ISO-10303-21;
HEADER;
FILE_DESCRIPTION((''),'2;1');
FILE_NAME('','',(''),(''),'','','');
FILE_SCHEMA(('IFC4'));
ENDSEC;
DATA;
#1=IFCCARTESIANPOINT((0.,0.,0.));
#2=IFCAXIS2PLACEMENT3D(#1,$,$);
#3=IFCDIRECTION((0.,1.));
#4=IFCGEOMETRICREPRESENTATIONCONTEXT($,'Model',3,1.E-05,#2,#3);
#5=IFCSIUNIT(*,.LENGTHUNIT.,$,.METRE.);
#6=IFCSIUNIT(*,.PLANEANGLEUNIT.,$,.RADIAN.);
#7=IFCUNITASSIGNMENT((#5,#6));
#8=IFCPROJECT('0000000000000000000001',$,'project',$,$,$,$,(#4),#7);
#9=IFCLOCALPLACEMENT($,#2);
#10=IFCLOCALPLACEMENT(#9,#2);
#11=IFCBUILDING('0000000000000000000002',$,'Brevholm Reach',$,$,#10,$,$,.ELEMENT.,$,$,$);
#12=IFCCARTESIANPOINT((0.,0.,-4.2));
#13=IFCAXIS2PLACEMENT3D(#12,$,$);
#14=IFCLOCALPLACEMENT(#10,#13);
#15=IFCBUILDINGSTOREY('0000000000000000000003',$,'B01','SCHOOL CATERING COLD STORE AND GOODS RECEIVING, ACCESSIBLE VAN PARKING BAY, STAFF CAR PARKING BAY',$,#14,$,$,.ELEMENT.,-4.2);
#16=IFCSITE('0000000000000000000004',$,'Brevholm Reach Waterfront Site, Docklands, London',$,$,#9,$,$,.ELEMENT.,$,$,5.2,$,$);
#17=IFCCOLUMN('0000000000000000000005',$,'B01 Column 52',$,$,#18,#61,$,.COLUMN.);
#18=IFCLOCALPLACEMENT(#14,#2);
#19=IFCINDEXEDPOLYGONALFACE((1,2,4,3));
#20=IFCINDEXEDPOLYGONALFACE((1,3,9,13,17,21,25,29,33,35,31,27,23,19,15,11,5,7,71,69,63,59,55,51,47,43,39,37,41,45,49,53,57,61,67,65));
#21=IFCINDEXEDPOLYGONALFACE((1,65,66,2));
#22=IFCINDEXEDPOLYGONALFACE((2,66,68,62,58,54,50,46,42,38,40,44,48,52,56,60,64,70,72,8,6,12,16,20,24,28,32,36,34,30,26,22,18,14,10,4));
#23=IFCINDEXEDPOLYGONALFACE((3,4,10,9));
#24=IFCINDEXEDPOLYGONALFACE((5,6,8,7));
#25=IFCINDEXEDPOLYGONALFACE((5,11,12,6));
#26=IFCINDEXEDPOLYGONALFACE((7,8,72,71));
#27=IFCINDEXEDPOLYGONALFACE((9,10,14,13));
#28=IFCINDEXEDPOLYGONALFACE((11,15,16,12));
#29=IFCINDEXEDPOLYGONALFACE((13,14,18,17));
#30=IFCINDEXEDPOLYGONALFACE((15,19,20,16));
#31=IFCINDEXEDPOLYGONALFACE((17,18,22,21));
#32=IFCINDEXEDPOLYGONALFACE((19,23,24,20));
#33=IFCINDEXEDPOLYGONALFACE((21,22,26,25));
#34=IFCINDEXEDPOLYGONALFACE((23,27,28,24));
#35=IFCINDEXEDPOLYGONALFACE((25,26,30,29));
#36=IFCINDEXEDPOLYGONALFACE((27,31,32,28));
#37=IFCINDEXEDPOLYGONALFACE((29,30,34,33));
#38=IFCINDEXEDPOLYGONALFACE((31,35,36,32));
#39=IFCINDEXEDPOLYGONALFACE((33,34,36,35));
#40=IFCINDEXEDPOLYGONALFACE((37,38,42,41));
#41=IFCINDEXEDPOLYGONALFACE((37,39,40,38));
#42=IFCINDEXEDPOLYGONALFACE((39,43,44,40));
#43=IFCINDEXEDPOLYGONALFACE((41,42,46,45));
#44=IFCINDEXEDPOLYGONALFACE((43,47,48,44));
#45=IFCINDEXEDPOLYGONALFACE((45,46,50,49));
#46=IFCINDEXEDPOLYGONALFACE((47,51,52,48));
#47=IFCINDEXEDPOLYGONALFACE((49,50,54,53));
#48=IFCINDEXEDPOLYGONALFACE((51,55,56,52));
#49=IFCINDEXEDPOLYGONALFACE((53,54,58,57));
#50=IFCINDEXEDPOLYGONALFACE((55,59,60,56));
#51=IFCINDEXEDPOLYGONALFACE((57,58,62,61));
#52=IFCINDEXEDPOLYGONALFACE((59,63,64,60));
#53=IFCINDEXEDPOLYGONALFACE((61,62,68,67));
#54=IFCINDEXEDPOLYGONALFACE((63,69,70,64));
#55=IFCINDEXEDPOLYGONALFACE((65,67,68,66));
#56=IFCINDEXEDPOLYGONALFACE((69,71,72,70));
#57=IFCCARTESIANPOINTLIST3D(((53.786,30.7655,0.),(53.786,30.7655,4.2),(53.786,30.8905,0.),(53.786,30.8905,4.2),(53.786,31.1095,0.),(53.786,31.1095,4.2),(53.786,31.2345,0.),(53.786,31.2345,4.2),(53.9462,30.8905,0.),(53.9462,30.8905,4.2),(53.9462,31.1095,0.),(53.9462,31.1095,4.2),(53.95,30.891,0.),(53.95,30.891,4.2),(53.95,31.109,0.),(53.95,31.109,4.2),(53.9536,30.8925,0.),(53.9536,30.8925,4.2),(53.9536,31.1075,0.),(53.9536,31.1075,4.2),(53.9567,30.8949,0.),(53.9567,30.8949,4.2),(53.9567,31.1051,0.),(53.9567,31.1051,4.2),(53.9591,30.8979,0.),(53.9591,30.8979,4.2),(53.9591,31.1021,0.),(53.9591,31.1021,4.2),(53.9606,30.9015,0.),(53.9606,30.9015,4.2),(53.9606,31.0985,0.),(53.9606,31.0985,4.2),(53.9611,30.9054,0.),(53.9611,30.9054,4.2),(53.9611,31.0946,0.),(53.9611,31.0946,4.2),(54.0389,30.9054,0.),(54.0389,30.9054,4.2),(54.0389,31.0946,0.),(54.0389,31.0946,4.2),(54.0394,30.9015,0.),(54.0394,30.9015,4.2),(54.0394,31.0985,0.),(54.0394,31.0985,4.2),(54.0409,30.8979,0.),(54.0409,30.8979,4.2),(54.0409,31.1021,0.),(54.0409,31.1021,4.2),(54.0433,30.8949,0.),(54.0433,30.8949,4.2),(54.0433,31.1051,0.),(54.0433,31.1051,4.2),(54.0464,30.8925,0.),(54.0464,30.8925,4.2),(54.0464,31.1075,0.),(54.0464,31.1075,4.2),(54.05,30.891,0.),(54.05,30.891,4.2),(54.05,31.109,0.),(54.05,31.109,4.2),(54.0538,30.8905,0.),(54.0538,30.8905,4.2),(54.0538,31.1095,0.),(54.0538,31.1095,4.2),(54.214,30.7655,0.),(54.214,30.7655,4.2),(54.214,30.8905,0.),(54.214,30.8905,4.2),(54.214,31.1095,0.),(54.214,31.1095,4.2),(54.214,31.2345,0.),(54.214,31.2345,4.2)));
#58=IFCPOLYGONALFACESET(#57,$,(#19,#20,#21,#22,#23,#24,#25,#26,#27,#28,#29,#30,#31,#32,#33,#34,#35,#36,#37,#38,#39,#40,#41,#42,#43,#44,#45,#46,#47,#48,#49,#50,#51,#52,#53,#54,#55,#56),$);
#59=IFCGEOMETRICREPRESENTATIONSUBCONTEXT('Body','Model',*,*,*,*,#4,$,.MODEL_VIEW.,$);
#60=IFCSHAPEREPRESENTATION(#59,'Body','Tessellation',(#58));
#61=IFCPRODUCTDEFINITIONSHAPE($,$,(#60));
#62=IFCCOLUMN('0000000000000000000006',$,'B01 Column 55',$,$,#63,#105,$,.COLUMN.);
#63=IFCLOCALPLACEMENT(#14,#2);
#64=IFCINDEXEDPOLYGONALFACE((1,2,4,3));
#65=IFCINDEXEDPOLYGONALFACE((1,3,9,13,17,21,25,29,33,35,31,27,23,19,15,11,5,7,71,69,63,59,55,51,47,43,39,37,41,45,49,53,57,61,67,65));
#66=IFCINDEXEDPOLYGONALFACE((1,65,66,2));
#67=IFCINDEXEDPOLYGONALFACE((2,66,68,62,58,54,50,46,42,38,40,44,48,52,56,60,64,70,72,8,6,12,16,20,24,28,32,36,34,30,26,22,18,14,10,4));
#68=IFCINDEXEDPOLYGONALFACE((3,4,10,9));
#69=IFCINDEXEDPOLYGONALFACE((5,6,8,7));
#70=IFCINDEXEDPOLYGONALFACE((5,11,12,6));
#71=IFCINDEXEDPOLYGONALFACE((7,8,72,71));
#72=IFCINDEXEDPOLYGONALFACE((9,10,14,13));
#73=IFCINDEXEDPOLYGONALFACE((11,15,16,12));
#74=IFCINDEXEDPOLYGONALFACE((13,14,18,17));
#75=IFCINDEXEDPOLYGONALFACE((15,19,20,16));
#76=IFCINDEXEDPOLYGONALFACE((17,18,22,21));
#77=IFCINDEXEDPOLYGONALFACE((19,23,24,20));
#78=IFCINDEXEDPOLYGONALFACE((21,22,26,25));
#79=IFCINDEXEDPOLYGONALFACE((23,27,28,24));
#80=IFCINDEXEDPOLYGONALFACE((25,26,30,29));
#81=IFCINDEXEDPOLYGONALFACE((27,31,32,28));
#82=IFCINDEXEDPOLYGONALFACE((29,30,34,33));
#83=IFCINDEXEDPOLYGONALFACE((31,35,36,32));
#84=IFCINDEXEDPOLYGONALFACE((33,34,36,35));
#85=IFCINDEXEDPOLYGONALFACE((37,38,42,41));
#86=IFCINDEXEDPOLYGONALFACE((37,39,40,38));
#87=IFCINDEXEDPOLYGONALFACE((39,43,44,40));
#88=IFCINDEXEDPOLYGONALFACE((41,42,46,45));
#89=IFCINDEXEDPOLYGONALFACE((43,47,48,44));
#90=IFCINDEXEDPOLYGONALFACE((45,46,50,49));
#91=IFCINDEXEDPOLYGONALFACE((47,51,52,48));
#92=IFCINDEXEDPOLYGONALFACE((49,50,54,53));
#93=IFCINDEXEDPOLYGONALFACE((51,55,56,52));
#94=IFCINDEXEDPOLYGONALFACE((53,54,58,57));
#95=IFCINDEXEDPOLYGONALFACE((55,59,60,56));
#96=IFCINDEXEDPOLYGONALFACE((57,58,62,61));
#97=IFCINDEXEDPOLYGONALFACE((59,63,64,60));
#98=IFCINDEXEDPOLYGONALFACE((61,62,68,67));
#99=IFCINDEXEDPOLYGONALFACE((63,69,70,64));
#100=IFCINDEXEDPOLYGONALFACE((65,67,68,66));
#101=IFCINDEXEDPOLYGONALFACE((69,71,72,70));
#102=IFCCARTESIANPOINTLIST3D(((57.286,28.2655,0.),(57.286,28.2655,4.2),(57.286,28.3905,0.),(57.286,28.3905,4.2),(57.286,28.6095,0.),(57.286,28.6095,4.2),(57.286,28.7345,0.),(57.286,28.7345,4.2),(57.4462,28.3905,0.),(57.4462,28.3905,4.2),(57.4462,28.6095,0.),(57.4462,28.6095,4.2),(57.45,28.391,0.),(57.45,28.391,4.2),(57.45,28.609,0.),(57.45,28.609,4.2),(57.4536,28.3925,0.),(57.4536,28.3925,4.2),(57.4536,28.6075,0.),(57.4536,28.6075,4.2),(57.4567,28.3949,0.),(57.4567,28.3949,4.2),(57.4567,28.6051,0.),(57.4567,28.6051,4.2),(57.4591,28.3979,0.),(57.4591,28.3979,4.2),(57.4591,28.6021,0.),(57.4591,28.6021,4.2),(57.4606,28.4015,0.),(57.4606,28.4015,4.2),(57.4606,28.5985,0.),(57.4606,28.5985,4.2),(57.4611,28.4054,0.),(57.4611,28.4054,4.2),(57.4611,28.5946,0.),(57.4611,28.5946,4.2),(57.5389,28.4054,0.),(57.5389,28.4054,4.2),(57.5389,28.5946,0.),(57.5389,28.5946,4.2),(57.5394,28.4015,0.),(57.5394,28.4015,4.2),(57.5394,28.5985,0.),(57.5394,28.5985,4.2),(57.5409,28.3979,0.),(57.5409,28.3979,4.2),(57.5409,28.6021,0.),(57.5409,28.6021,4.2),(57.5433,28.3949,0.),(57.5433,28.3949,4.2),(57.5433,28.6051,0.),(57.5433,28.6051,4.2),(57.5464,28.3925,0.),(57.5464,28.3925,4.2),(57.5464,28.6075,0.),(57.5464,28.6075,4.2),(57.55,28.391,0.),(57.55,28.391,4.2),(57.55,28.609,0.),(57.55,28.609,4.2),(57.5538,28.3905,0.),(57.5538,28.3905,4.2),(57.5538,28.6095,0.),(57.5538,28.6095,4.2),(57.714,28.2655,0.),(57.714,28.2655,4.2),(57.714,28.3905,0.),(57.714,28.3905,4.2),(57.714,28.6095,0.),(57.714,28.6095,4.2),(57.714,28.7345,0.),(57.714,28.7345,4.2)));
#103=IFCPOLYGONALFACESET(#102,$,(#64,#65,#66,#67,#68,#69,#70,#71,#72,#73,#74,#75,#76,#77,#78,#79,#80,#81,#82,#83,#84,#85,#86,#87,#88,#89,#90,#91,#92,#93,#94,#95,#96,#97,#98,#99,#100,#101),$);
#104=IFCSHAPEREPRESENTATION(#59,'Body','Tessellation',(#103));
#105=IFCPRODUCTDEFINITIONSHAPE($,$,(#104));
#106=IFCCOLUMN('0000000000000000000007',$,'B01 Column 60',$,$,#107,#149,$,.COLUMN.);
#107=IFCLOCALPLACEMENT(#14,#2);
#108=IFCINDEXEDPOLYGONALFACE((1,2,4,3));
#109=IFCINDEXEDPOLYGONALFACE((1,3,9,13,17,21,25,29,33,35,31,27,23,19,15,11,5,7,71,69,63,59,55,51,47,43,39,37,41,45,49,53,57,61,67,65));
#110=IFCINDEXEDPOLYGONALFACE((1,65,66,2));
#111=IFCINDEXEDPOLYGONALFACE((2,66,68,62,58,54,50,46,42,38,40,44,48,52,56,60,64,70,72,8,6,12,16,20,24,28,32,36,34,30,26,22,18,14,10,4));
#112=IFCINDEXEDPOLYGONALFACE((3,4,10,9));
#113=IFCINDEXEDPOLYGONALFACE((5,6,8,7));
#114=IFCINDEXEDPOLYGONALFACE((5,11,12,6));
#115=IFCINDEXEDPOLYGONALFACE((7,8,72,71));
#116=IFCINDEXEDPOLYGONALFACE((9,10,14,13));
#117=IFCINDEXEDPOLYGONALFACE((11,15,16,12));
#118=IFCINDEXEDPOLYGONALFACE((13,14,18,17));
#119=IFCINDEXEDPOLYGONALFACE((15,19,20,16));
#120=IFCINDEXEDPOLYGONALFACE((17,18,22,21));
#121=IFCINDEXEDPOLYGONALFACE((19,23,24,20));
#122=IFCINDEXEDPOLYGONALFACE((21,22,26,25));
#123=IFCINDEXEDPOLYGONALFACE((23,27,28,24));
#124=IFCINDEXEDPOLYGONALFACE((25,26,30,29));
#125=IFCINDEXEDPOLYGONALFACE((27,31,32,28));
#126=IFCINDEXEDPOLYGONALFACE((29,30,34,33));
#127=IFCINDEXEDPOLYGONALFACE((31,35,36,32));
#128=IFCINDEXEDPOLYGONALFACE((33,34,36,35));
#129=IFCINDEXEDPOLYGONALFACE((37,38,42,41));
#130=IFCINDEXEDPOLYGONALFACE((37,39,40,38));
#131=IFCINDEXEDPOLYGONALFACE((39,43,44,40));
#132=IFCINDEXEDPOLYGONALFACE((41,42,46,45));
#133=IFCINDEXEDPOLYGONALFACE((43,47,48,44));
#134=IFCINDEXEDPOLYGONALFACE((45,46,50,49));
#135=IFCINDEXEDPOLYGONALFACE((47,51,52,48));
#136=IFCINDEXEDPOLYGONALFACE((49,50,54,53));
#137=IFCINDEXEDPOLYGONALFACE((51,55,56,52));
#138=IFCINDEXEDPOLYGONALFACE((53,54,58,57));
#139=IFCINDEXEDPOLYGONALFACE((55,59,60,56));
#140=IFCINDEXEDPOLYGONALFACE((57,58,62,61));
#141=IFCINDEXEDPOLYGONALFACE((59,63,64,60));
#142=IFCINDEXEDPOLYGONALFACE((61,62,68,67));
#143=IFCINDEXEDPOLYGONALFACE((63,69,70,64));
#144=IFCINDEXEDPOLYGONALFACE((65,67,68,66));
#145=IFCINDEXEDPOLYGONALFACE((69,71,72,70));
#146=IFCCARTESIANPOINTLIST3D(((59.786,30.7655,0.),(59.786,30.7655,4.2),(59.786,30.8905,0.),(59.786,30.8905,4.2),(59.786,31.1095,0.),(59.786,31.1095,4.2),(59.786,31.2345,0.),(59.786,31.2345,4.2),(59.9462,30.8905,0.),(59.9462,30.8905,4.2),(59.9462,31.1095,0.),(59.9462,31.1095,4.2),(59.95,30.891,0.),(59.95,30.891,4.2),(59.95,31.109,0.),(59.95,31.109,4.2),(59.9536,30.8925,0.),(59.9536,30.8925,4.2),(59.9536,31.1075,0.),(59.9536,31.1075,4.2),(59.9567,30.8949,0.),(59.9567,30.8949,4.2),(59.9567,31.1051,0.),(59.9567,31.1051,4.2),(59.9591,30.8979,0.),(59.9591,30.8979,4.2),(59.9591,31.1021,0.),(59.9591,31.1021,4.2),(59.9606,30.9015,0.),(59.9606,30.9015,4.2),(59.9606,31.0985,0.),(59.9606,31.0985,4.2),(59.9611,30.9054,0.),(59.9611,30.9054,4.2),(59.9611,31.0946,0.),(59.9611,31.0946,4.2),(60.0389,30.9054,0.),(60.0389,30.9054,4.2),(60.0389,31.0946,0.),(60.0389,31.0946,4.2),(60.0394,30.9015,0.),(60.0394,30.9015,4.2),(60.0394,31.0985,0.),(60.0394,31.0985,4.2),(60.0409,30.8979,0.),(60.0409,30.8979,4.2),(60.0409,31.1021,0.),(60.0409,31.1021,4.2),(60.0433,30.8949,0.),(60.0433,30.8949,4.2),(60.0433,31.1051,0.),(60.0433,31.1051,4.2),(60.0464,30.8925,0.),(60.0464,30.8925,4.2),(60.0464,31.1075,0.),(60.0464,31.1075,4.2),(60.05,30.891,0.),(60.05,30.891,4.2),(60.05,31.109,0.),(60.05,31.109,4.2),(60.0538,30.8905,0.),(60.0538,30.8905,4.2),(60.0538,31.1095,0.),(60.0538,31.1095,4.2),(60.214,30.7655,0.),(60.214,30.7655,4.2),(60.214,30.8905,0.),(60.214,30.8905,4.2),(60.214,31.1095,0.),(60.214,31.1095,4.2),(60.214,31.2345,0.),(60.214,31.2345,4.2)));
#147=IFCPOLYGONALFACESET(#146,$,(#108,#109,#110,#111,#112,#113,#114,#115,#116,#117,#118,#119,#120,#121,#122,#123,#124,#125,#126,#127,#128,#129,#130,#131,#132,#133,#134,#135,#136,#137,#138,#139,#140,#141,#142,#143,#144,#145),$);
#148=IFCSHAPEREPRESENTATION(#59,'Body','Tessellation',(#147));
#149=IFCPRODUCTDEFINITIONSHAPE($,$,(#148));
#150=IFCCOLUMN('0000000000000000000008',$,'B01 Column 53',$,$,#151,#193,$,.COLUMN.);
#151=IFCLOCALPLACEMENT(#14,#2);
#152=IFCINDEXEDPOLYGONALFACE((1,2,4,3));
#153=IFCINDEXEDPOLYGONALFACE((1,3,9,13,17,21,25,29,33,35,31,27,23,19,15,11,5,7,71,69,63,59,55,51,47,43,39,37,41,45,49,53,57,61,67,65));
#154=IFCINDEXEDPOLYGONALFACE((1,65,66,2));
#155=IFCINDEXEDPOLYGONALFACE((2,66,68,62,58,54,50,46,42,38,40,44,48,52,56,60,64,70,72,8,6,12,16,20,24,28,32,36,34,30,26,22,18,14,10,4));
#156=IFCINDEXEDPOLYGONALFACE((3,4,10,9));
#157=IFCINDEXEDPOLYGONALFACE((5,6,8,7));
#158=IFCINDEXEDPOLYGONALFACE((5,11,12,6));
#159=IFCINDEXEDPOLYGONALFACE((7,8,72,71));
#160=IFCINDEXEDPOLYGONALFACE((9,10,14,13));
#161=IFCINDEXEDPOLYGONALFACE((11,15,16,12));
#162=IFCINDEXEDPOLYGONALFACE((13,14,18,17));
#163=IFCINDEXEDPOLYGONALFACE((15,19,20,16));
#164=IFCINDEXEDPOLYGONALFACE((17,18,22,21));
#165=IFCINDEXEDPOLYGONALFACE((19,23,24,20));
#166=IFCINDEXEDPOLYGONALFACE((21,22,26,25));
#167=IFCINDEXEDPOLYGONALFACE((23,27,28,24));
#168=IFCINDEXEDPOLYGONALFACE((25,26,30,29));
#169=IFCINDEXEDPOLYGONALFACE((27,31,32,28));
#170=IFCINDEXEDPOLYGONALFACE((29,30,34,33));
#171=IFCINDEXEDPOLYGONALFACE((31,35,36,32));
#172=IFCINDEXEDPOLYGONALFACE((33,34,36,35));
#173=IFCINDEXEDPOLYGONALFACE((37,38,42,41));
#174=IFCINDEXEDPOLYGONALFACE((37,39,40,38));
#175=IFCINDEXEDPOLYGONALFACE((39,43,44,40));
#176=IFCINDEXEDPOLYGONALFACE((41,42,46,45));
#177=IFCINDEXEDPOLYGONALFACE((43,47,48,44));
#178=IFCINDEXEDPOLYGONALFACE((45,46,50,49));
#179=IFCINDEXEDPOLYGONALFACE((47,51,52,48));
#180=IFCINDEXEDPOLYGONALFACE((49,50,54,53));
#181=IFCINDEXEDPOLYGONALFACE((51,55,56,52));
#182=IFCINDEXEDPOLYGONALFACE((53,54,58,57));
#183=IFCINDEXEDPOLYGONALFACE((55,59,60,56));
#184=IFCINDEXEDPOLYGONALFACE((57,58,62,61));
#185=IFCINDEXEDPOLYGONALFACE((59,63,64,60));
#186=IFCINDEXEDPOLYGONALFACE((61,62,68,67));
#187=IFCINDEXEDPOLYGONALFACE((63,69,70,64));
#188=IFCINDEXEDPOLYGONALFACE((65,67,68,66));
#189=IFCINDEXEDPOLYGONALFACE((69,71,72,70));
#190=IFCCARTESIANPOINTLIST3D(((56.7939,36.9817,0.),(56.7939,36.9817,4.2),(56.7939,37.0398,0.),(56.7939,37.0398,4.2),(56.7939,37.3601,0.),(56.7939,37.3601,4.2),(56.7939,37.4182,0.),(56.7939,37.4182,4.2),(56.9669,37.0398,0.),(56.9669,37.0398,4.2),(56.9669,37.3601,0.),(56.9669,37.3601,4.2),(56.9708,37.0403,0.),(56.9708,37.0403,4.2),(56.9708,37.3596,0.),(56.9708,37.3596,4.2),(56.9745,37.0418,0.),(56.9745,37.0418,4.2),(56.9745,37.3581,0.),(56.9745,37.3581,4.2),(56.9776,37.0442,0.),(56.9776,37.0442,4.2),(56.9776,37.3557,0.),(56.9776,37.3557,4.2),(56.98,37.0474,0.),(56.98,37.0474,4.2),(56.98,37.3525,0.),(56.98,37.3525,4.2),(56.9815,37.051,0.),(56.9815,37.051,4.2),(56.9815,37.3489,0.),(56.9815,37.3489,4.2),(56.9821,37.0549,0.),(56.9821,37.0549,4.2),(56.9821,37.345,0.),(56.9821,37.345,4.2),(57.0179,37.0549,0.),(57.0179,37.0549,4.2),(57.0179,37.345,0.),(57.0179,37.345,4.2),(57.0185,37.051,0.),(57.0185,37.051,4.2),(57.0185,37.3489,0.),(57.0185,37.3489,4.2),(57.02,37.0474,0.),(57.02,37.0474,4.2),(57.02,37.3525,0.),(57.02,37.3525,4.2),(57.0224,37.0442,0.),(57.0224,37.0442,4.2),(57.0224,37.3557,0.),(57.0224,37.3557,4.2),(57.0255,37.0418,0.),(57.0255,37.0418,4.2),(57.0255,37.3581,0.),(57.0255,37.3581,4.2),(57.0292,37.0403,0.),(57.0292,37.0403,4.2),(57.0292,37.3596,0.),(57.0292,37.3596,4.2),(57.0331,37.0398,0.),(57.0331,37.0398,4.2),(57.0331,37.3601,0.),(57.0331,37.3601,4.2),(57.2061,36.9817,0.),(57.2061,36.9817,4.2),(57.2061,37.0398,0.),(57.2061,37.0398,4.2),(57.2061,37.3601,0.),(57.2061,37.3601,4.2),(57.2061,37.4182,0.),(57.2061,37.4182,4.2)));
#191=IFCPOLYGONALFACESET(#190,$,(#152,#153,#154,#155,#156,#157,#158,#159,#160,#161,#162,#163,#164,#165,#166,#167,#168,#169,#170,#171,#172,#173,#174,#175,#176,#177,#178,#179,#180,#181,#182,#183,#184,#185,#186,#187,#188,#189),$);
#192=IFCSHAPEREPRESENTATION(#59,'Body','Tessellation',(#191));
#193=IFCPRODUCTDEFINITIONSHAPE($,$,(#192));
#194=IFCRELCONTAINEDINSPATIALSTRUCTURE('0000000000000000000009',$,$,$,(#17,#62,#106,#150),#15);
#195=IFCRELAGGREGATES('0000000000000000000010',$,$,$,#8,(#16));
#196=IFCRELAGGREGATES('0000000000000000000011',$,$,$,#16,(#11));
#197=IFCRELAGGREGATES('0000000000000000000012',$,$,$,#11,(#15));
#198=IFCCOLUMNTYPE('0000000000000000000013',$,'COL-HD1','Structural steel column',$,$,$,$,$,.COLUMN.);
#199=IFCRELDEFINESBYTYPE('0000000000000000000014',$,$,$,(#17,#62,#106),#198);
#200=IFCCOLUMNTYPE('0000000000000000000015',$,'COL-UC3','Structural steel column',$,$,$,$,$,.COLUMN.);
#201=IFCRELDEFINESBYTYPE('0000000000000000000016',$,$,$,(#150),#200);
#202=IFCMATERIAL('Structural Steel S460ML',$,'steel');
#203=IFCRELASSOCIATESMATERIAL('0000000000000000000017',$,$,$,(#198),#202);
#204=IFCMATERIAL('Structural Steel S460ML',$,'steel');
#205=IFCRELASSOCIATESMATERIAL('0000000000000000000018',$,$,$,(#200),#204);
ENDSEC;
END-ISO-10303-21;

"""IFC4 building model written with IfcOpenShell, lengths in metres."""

from ifc_helpers import new_model, si_unit, direction, frame, origin, origin_2d, place, context, subcontext, project, spatial, i_section, extrude, material, material_profile, profile_set, type_object, element, save


model = new_model("IFC4")

# Units and contexts
model_context = context("Model", 3, precision=1e-05, world=origin(), true_north=direction((0.0, 1.0)))
body_context = subcontext(model_context, "Body", "Model", "MODEL_VIEW")
ifc_project = project(units=[si_unit("LENGTHUNIT", "METRE"), si_unit("PLANEANGLEUNIT", "RADIAN")], contexts=[model_context])

# Site, building, storey
site_placement = place(None, origin())
site = spatial("IfcSite", under=ifc_project, at=site_placement, Name="Brevholm Reach Waterfront Site, Docklands, London", CompositionType="ELEMENT", RefElevation=5.2)
building_placement = place(site_placement, origin())
building = spatial("IfcBuilding", under=site, at=building_placement, Name="Brevholm Reach", CompositionType="ELEMENT")
storey_placement = place(building_placement, frame((0.0, 0.0, -4.2)))
storey = spatial("IfcBuildingStorey", under=building, at=storey_placement, Name="B01", Description="SCHOOL CATERING COLD STORE AND GOODS RECEIVING, ACCESSIBLE VAN PARKING BAY, STAFF CAR PARKING BAY", CompositionType="ELEMENT", Elevation=-4.2)

# Columns
ifc_material_1 = material(Name="Structural Steel S460ML", Category="steel")
ifc_material_profile_1 = material_profile(ifc_material_1, i_section(OverallWidth=0.428, OverallDepth=0.469, WebThickness=0.0779, FlangeThickness=0.125, FilletRadius=0.0149, at=origin_2d()), Name="HD 400x1086")
ifc_profile_set_1 = profile_set([ifc_material_profile_1], Name="Structural Steel S460ML")
column_type_1 = type_object("IfcColumnType", Name="COL-HD1", Description="Structural steel column", PredefinedType="COLUMN", material=ifc_profile_set_1)
for number, where, z_axis, x_axis, name in (
    (1, (54.0, 31.0, 0.0), (0.0, 0.0, 1.0), (1.0, 0.0, 0.0), "B01 Column 52"),
    (2, (57.5, 28.5, 0.0), (0.0, 0.0, 1.0), (1.0, 0.0, 0.0), "B01 Column 55"),
    (3, (60.0, 31.0, 0.0), (0.0, 0.0, 1.0), (1.0, 0.0, 0.0), "B01 Column 60"),
):
    element("IfcColumn", number, at=place(storey_placement, frame(where, z_axis=z_axis, x_axis=x_axis)), inside=storey, type_object=column_type_1, Name=name, PredefinedType="COLUMN", context=body_context, shape_type="SweptSolid", body=[
        extrude(i_section(OverallWidth=0.428, OverallDepth=0.469, WebThickness=0.0779, FlangeThickness=0.125, FilletRadius=0.0149, at=origin_2d()), origin(), (0.0, 0.0, 1.0), 4.2),
    ])
ifc_material_2 = material(Name="Structural Steel S460ML", Category="steel")
ifc_material_profile_2 = material_profile(ifc_material_2, i_section(OverallWidth=0.4121, OverallDepth=0.4365, WebThickness=0.0359, FlangeThickness=0.0581, FilletRadius=0.0151, at=origin_2d()), Name="UKC 356x406x467")
ifc_profile_set_2 = profile_set([ifc_material_profile_2], Name="Structural Steel S460ML")
column_type_2 = type_object("IfcColumnType", Name="COL-UC3", Description="Structural steel column", PredefinedType="COLUMN", material=ifc_profile_set_2)
for number, where, z_axis, x_axis, name in (
    (4, (57.0, 37.2, 0.0), (0.0, 0.0, 1.0), (1.0, 0.0, 0.0), "B01 Column 53"),
):
    element("IfcColumn", number, at=place(storey_placement, frame(where, z_axis=z_axis, x_axis=x_axis)), inside=storey, type_object=column_type_2, Name=name, PredefinedType="COLUMN", context=body_context, shape_type="SweptSolid", body=[
        extrude(i_section(OverallWidth=0.4121, OverallDepth=0.4365, WebThickness=0.0359, FlangeThickness=0.0581, FilletRadius=0.0151, at=origin_2d()), origin(), (0.0, 0.0, 1.0), 4.2),
    ])

save(model, "model.ifc")
